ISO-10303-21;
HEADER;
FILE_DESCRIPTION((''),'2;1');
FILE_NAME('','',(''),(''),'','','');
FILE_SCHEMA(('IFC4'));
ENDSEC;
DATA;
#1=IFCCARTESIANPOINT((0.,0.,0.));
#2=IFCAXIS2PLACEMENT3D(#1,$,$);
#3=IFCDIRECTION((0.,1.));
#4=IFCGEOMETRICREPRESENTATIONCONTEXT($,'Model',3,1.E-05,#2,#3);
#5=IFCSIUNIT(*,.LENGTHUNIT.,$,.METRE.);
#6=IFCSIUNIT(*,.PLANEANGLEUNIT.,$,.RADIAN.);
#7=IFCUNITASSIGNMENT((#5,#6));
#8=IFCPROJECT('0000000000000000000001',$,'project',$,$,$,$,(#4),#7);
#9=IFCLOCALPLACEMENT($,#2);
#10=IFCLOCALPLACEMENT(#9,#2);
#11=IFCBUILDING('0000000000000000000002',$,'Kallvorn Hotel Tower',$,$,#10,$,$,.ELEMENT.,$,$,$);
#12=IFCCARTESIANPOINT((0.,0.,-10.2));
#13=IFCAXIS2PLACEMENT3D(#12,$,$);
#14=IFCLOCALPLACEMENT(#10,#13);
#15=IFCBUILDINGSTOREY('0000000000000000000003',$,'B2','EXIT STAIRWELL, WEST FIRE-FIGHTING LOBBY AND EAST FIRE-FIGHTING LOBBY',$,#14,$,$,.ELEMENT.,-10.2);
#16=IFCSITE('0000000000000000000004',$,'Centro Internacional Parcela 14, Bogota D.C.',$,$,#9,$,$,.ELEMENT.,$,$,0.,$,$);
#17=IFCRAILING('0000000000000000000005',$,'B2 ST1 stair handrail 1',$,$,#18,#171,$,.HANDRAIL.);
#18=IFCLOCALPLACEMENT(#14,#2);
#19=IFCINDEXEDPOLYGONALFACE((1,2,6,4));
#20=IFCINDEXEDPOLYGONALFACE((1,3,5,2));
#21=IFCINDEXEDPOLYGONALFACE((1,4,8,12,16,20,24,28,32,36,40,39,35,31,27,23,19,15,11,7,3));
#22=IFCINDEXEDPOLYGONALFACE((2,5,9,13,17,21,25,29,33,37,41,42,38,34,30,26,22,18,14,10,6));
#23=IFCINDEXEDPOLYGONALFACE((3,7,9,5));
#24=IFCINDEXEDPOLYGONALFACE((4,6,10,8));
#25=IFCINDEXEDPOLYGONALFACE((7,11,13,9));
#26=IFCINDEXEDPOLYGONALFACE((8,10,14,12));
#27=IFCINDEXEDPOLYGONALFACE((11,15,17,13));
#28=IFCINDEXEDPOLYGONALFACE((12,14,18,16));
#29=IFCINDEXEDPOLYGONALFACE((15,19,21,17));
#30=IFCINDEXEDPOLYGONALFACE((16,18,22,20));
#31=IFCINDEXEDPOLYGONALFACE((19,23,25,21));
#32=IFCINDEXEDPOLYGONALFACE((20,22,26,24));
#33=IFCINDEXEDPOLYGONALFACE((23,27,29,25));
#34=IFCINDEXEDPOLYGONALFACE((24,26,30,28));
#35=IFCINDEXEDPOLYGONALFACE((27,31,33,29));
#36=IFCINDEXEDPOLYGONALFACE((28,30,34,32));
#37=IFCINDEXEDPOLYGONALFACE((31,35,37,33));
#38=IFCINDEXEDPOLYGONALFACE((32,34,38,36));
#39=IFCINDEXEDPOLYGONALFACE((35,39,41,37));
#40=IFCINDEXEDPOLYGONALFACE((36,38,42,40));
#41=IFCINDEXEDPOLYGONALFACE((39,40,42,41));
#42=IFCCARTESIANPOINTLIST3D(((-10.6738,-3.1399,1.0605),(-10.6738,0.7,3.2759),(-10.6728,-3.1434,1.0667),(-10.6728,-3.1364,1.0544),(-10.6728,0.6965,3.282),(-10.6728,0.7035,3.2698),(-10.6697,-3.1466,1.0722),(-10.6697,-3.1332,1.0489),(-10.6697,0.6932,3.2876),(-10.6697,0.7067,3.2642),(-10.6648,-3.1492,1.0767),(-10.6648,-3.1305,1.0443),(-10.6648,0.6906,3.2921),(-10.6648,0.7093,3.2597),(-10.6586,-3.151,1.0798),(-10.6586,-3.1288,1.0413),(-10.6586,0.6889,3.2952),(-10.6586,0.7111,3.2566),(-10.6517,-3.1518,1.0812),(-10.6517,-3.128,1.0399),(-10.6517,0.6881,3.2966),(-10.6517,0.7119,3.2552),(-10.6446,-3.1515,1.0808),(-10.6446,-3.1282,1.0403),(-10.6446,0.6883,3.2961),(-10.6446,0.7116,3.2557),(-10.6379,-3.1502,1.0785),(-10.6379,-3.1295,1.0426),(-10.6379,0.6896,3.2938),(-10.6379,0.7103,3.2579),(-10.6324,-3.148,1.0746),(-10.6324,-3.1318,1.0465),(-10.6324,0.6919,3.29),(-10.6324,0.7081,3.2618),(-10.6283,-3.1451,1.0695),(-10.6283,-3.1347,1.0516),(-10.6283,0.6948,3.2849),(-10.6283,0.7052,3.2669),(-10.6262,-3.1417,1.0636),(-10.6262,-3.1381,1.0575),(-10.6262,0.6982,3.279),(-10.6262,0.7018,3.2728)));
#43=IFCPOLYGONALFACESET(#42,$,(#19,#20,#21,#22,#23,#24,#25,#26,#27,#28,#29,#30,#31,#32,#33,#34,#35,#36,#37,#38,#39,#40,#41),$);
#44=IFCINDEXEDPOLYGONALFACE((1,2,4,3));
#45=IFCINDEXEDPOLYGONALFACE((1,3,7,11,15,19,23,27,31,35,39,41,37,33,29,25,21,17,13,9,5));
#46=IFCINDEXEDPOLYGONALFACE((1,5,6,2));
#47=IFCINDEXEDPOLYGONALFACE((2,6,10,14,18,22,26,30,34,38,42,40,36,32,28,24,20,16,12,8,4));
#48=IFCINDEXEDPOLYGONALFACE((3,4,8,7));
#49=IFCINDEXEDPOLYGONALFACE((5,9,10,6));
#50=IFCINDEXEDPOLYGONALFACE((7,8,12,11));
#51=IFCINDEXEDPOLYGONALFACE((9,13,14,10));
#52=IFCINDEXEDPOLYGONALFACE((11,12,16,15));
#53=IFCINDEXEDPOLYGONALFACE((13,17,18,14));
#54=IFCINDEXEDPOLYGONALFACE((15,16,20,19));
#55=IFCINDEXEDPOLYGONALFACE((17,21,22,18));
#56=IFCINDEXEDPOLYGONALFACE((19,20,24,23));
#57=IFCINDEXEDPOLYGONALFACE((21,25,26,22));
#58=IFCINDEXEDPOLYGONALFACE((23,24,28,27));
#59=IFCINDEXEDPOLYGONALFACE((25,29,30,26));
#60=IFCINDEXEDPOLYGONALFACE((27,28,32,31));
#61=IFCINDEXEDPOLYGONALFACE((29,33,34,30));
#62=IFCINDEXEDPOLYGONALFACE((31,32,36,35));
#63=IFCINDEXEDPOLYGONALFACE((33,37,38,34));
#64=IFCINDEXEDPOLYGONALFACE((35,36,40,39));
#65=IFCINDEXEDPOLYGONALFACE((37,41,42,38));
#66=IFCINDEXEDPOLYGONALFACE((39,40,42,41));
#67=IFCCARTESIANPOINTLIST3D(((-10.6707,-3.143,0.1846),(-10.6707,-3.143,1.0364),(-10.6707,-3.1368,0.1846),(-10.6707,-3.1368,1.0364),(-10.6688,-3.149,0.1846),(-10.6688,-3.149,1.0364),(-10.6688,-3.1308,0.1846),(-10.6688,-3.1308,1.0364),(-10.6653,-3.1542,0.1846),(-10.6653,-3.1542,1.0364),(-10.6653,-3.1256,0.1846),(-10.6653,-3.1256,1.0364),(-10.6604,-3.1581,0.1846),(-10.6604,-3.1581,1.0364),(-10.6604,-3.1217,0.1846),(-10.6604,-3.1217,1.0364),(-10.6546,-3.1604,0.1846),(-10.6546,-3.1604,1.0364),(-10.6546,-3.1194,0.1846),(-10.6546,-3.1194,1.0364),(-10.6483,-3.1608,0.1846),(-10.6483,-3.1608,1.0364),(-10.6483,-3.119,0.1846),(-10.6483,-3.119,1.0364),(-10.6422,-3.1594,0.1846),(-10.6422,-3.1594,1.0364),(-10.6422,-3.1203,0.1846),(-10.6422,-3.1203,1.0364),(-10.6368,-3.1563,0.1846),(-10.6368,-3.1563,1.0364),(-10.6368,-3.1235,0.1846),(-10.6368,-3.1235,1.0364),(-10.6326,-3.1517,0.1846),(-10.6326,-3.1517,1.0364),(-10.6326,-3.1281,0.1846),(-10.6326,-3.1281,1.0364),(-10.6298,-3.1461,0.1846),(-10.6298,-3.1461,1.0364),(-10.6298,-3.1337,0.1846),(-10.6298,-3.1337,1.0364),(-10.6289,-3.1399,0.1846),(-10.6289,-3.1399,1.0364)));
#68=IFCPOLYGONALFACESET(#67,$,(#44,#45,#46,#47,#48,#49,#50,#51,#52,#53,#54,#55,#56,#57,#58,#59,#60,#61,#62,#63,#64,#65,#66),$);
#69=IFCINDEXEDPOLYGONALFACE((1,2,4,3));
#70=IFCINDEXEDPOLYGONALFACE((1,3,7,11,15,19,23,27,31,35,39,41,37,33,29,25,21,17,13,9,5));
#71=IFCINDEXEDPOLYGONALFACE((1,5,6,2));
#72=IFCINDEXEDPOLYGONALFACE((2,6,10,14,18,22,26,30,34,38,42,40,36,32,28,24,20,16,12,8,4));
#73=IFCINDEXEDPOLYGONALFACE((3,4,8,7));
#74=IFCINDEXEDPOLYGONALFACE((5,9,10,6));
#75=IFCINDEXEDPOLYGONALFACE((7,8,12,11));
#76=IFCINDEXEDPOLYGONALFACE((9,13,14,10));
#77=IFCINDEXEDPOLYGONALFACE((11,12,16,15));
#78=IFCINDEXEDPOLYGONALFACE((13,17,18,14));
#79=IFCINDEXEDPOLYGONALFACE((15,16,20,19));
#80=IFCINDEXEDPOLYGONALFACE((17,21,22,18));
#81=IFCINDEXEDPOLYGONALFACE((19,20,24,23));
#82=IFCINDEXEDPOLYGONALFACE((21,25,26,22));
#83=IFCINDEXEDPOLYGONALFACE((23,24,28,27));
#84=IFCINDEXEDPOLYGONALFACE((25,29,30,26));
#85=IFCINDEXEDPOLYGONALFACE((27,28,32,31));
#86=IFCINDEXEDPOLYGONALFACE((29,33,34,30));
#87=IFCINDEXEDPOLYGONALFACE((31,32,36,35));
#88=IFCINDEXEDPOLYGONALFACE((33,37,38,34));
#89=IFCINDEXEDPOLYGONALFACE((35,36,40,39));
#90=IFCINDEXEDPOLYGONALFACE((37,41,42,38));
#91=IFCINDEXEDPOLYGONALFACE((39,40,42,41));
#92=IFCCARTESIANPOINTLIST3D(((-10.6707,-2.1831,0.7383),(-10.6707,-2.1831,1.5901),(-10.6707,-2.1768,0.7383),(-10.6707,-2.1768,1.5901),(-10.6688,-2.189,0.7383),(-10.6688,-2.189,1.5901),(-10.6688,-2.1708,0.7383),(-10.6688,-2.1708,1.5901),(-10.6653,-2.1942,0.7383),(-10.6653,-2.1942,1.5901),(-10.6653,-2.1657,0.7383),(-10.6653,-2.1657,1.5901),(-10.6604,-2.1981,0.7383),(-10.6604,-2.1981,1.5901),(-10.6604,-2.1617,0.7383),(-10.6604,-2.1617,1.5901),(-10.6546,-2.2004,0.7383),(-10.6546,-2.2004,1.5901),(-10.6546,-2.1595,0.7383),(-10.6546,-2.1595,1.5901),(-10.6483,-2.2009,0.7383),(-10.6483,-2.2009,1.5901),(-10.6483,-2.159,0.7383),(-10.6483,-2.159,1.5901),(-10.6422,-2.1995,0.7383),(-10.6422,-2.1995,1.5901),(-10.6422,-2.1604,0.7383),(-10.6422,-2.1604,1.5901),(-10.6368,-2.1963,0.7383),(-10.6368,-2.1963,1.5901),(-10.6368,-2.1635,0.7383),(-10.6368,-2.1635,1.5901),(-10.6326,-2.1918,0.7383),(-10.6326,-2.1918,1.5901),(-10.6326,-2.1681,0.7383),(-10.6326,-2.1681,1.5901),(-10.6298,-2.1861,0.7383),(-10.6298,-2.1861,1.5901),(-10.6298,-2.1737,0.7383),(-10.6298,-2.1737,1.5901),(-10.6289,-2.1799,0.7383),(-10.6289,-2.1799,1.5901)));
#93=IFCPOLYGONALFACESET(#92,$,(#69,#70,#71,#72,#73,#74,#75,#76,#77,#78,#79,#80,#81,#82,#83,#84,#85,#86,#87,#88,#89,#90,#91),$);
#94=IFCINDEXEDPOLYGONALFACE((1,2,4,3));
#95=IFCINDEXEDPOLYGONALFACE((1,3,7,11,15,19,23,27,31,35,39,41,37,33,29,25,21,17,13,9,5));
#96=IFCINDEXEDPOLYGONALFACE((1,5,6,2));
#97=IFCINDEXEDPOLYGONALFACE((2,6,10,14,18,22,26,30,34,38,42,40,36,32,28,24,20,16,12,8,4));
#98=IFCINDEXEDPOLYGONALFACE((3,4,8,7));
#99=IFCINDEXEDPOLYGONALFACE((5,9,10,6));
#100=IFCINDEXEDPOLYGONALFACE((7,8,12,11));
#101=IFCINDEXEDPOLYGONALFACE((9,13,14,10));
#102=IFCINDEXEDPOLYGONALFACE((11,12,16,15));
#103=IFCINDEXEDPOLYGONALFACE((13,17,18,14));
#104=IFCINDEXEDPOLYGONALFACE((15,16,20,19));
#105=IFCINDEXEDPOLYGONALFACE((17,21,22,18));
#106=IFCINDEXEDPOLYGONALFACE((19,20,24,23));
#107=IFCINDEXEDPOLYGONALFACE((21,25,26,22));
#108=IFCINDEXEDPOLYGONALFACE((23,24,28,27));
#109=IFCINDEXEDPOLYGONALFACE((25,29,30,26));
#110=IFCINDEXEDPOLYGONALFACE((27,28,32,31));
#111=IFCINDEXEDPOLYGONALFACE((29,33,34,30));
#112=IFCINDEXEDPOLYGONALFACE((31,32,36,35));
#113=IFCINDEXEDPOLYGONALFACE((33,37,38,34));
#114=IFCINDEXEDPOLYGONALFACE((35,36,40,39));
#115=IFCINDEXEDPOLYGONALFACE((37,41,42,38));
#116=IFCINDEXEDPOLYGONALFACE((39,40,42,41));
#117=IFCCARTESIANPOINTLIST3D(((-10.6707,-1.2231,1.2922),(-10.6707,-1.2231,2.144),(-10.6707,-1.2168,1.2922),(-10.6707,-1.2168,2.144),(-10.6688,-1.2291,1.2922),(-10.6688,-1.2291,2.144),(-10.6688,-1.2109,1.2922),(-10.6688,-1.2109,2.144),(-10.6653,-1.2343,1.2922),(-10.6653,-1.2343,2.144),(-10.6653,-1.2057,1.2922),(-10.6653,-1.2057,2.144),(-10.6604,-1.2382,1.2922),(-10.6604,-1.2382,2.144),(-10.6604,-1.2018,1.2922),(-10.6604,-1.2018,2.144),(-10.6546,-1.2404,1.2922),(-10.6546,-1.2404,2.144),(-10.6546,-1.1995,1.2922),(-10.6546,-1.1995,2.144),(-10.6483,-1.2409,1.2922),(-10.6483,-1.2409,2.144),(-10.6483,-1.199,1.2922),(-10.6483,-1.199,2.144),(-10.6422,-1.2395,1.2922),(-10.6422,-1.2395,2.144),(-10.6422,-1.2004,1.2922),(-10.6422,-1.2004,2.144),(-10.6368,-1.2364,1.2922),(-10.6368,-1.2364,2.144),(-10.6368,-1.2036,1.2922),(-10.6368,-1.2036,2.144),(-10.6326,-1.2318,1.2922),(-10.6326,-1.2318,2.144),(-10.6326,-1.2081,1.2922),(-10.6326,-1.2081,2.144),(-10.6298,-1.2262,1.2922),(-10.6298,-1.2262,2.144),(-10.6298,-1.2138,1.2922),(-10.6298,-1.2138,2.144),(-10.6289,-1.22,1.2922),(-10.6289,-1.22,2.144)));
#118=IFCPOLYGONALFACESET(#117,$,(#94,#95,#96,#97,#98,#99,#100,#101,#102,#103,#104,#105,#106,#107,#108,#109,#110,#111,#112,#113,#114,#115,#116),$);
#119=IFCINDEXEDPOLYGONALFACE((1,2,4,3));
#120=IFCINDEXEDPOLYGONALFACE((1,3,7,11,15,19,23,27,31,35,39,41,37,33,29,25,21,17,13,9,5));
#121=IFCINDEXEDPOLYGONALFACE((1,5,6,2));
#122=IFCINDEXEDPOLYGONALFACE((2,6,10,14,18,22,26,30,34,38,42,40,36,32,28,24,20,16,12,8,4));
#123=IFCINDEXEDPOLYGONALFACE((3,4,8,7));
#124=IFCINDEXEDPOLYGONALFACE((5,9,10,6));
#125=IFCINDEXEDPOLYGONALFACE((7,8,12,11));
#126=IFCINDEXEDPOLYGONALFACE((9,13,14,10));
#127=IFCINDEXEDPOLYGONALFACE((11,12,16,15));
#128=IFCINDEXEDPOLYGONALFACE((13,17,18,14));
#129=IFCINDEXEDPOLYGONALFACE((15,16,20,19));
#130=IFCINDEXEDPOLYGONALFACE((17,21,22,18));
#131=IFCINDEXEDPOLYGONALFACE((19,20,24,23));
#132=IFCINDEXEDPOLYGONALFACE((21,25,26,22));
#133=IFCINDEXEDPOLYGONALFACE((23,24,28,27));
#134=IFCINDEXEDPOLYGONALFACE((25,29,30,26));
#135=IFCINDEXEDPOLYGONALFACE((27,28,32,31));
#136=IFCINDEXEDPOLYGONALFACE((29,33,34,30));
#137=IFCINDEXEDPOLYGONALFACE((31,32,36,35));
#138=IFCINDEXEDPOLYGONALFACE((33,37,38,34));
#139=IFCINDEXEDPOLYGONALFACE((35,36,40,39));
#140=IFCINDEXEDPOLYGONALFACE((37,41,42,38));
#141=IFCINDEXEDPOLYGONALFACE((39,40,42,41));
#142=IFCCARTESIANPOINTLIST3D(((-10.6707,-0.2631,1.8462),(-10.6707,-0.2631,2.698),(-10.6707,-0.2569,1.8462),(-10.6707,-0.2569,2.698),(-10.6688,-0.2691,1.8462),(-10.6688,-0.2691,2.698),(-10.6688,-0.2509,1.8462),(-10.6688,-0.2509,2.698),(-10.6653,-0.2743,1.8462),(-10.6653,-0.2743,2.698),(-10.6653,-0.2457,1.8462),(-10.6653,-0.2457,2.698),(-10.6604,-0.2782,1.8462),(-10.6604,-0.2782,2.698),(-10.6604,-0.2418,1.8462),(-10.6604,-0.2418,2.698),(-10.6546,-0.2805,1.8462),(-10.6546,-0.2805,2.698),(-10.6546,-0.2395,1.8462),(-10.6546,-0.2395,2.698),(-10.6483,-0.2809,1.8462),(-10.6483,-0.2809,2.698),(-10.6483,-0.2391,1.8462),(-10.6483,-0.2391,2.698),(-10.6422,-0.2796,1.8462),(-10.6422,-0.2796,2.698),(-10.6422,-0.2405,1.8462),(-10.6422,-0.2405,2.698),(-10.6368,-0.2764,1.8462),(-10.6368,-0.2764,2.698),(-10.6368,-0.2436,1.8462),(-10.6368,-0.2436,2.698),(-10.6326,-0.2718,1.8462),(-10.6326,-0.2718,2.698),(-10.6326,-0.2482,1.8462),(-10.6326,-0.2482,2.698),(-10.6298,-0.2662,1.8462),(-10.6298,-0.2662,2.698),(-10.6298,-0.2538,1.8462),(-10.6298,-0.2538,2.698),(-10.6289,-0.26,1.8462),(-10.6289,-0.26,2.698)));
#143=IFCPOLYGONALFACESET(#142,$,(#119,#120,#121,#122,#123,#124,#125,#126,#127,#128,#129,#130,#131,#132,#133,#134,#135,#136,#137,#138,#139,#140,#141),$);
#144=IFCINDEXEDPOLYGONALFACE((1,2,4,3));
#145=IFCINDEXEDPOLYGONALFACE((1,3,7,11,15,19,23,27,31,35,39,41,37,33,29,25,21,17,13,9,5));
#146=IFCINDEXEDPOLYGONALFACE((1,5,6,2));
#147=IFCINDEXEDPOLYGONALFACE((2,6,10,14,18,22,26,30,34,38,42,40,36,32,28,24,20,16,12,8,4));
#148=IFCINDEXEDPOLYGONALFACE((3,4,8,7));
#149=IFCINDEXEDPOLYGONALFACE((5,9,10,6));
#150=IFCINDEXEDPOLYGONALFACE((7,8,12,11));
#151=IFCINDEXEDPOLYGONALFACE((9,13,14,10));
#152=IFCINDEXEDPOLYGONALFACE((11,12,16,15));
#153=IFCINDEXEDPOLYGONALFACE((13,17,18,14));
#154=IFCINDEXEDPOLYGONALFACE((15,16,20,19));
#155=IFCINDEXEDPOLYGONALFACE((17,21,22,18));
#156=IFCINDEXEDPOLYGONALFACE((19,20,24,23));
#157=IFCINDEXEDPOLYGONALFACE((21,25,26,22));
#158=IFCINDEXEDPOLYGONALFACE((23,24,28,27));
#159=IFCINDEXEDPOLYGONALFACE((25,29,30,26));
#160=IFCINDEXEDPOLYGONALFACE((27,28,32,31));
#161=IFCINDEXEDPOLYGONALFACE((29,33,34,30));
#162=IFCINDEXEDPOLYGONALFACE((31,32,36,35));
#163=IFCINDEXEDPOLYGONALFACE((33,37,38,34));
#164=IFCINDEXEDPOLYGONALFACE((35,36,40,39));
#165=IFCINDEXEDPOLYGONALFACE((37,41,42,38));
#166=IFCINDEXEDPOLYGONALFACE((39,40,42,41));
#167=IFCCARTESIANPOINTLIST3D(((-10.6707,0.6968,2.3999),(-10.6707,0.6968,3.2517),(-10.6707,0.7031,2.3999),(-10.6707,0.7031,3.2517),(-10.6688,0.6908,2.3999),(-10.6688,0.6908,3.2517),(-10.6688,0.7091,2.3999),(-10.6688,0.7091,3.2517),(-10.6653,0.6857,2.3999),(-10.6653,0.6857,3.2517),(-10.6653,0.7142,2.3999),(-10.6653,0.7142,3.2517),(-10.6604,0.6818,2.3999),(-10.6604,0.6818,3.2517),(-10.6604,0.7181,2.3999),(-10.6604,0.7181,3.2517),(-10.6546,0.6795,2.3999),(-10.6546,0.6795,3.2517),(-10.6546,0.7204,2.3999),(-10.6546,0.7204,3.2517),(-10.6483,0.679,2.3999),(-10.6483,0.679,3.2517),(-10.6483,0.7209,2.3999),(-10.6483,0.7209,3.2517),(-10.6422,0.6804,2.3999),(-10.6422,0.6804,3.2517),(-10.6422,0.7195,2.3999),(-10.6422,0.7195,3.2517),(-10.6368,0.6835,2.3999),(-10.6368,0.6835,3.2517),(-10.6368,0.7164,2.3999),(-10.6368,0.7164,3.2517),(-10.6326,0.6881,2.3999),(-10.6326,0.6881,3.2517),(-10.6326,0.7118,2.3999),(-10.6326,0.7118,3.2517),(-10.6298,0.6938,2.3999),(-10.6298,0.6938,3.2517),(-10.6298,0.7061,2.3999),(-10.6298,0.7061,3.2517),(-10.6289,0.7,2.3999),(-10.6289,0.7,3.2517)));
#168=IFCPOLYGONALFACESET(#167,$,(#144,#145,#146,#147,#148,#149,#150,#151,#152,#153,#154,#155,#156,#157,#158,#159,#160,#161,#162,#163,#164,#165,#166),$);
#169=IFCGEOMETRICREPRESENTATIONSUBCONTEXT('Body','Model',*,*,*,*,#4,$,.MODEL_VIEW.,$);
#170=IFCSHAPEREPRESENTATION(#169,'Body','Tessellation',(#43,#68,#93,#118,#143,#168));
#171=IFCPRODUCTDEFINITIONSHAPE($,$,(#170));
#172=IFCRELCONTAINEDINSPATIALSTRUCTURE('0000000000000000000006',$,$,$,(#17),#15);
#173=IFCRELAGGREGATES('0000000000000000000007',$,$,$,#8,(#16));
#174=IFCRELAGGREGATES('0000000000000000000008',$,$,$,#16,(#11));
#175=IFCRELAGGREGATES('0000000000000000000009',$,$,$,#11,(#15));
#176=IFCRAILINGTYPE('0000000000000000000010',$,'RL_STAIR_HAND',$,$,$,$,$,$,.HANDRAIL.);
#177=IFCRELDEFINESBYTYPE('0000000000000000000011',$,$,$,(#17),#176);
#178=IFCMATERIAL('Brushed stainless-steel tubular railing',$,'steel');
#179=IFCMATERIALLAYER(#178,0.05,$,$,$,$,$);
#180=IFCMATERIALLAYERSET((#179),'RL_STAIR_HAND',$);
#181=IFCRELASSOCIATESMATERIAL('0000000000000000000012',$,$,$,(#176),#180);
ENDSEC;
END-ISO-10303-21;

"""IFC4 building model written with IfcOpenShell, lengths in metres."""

from ifc_helpers import new_model, si_unit, direction, frame, origin, origin_2d, place, context, subcontext, project, spatial, circle, extrude, material, layer, layer_set, type_object, element, save


model = new_model("IFC4")

# Units and contexts
model_context = context("Model", 3, precision=1e-05, world=origin(), true_north=direction((0.0, 1.0)))
body_context = subcontext(model_context, "Body", "Model", "MODEL_VIEW")
ifc_project = project(units=[si_unit("LENGTHUNIT", "METRE"), si_unit("PLANEANGLEUNIT", "RADIAN")], contexts=[model_context])

# Site, building, storey
site_placement = place(None, origin())
site = spatial("IfcSite", under=ifc_project, at=site_placement, Name="Centro Internacional Parcela 14, Bogota D.C.", CompositionType="ELEMENT", RefElevation=0.0)
building_placement = place(site_placement, origin())
building = spatial("IfcBuilding", under=site, at=building_placement, Name="Kallvorn Hotel Tower", CompositionType="ELEMENT")
storey_placement = place(building_placement, frame((0.0, 0.0, -10.2)))
storey = spatial("IfcBuildingStorey", under=building, at=storey_placement, Name="B2", Description="EXIT STAIRWELL, WEST FIRE-FIGHTING LOBBY AND EAST FIRE-FIGHTING LOBBY", CompositionType="ELEMENT", Elevation=-10.2)

# Railing
ifc_material_1 = material(Name="Brushed stainless-steel tubular railing", Category="steel")
ifc_layer_1 = layer(ifc_material_1, 0.05)
ifc_layer_set_1 = layer_set([ifc_layer_1], Name="RL_STAIR_HAND")
railing_type_1 = type_object("IfcRailingType", Name="RL_STAIR_HAND", PredefinedType="HANDRAIL", material=ifc_layer_set_1)
railing_1_placement = place(storey_placement, frame((-10.6499, -3.1399, 0.1846)))
element("IfcRailing", 1, at=railing_1_placement, inside=storey, type_object=railing_type_1, Name="B2 ST1 stair handrail 1", PredefinedType="HANDRAIL", context=body_context, shape_type="SweptSolid", body=[
    extrude(circle(Radius=0.0239, at=origin_2d()), frame((0.0, 0.0, 0.876), z_axis=(0.0, 0.866182, 0.499729), x_axis=(-1.0, 0.0, 0.0)), (0.0, 0.0, 1.0), 4.4331),
    extrude(circle(Radius=0.021, at=origin_2d()), origin(), (0.0, 0.0, 1.0), 0.8518),
    extrude(circle(Radius=0.021, at=origin_2d()), frame((0.0, 0.96, 0.5537)), (0.0, 0.0, 1.0), 0.8518),
    extrude(circle(Radius=0.021, at=origin_2d()), frame((0.0, 1.9199, 1.1077)), (0.0, 0.0, 1.0), 0.8518),
    extrude(circle(Radius=0.021, at=origin_2d()), frame((0.0, 2.8799, 1.6616)), (0.0, 0.0, 1.0), 0.8518),
    extrude(circle(Radius=0.021, at=origin_2d()), frame((0.0, 3.8398, 2.2153)), (0.0, 0.0, 1.0), 0.8518),
])

save(model, "model.ifc")
